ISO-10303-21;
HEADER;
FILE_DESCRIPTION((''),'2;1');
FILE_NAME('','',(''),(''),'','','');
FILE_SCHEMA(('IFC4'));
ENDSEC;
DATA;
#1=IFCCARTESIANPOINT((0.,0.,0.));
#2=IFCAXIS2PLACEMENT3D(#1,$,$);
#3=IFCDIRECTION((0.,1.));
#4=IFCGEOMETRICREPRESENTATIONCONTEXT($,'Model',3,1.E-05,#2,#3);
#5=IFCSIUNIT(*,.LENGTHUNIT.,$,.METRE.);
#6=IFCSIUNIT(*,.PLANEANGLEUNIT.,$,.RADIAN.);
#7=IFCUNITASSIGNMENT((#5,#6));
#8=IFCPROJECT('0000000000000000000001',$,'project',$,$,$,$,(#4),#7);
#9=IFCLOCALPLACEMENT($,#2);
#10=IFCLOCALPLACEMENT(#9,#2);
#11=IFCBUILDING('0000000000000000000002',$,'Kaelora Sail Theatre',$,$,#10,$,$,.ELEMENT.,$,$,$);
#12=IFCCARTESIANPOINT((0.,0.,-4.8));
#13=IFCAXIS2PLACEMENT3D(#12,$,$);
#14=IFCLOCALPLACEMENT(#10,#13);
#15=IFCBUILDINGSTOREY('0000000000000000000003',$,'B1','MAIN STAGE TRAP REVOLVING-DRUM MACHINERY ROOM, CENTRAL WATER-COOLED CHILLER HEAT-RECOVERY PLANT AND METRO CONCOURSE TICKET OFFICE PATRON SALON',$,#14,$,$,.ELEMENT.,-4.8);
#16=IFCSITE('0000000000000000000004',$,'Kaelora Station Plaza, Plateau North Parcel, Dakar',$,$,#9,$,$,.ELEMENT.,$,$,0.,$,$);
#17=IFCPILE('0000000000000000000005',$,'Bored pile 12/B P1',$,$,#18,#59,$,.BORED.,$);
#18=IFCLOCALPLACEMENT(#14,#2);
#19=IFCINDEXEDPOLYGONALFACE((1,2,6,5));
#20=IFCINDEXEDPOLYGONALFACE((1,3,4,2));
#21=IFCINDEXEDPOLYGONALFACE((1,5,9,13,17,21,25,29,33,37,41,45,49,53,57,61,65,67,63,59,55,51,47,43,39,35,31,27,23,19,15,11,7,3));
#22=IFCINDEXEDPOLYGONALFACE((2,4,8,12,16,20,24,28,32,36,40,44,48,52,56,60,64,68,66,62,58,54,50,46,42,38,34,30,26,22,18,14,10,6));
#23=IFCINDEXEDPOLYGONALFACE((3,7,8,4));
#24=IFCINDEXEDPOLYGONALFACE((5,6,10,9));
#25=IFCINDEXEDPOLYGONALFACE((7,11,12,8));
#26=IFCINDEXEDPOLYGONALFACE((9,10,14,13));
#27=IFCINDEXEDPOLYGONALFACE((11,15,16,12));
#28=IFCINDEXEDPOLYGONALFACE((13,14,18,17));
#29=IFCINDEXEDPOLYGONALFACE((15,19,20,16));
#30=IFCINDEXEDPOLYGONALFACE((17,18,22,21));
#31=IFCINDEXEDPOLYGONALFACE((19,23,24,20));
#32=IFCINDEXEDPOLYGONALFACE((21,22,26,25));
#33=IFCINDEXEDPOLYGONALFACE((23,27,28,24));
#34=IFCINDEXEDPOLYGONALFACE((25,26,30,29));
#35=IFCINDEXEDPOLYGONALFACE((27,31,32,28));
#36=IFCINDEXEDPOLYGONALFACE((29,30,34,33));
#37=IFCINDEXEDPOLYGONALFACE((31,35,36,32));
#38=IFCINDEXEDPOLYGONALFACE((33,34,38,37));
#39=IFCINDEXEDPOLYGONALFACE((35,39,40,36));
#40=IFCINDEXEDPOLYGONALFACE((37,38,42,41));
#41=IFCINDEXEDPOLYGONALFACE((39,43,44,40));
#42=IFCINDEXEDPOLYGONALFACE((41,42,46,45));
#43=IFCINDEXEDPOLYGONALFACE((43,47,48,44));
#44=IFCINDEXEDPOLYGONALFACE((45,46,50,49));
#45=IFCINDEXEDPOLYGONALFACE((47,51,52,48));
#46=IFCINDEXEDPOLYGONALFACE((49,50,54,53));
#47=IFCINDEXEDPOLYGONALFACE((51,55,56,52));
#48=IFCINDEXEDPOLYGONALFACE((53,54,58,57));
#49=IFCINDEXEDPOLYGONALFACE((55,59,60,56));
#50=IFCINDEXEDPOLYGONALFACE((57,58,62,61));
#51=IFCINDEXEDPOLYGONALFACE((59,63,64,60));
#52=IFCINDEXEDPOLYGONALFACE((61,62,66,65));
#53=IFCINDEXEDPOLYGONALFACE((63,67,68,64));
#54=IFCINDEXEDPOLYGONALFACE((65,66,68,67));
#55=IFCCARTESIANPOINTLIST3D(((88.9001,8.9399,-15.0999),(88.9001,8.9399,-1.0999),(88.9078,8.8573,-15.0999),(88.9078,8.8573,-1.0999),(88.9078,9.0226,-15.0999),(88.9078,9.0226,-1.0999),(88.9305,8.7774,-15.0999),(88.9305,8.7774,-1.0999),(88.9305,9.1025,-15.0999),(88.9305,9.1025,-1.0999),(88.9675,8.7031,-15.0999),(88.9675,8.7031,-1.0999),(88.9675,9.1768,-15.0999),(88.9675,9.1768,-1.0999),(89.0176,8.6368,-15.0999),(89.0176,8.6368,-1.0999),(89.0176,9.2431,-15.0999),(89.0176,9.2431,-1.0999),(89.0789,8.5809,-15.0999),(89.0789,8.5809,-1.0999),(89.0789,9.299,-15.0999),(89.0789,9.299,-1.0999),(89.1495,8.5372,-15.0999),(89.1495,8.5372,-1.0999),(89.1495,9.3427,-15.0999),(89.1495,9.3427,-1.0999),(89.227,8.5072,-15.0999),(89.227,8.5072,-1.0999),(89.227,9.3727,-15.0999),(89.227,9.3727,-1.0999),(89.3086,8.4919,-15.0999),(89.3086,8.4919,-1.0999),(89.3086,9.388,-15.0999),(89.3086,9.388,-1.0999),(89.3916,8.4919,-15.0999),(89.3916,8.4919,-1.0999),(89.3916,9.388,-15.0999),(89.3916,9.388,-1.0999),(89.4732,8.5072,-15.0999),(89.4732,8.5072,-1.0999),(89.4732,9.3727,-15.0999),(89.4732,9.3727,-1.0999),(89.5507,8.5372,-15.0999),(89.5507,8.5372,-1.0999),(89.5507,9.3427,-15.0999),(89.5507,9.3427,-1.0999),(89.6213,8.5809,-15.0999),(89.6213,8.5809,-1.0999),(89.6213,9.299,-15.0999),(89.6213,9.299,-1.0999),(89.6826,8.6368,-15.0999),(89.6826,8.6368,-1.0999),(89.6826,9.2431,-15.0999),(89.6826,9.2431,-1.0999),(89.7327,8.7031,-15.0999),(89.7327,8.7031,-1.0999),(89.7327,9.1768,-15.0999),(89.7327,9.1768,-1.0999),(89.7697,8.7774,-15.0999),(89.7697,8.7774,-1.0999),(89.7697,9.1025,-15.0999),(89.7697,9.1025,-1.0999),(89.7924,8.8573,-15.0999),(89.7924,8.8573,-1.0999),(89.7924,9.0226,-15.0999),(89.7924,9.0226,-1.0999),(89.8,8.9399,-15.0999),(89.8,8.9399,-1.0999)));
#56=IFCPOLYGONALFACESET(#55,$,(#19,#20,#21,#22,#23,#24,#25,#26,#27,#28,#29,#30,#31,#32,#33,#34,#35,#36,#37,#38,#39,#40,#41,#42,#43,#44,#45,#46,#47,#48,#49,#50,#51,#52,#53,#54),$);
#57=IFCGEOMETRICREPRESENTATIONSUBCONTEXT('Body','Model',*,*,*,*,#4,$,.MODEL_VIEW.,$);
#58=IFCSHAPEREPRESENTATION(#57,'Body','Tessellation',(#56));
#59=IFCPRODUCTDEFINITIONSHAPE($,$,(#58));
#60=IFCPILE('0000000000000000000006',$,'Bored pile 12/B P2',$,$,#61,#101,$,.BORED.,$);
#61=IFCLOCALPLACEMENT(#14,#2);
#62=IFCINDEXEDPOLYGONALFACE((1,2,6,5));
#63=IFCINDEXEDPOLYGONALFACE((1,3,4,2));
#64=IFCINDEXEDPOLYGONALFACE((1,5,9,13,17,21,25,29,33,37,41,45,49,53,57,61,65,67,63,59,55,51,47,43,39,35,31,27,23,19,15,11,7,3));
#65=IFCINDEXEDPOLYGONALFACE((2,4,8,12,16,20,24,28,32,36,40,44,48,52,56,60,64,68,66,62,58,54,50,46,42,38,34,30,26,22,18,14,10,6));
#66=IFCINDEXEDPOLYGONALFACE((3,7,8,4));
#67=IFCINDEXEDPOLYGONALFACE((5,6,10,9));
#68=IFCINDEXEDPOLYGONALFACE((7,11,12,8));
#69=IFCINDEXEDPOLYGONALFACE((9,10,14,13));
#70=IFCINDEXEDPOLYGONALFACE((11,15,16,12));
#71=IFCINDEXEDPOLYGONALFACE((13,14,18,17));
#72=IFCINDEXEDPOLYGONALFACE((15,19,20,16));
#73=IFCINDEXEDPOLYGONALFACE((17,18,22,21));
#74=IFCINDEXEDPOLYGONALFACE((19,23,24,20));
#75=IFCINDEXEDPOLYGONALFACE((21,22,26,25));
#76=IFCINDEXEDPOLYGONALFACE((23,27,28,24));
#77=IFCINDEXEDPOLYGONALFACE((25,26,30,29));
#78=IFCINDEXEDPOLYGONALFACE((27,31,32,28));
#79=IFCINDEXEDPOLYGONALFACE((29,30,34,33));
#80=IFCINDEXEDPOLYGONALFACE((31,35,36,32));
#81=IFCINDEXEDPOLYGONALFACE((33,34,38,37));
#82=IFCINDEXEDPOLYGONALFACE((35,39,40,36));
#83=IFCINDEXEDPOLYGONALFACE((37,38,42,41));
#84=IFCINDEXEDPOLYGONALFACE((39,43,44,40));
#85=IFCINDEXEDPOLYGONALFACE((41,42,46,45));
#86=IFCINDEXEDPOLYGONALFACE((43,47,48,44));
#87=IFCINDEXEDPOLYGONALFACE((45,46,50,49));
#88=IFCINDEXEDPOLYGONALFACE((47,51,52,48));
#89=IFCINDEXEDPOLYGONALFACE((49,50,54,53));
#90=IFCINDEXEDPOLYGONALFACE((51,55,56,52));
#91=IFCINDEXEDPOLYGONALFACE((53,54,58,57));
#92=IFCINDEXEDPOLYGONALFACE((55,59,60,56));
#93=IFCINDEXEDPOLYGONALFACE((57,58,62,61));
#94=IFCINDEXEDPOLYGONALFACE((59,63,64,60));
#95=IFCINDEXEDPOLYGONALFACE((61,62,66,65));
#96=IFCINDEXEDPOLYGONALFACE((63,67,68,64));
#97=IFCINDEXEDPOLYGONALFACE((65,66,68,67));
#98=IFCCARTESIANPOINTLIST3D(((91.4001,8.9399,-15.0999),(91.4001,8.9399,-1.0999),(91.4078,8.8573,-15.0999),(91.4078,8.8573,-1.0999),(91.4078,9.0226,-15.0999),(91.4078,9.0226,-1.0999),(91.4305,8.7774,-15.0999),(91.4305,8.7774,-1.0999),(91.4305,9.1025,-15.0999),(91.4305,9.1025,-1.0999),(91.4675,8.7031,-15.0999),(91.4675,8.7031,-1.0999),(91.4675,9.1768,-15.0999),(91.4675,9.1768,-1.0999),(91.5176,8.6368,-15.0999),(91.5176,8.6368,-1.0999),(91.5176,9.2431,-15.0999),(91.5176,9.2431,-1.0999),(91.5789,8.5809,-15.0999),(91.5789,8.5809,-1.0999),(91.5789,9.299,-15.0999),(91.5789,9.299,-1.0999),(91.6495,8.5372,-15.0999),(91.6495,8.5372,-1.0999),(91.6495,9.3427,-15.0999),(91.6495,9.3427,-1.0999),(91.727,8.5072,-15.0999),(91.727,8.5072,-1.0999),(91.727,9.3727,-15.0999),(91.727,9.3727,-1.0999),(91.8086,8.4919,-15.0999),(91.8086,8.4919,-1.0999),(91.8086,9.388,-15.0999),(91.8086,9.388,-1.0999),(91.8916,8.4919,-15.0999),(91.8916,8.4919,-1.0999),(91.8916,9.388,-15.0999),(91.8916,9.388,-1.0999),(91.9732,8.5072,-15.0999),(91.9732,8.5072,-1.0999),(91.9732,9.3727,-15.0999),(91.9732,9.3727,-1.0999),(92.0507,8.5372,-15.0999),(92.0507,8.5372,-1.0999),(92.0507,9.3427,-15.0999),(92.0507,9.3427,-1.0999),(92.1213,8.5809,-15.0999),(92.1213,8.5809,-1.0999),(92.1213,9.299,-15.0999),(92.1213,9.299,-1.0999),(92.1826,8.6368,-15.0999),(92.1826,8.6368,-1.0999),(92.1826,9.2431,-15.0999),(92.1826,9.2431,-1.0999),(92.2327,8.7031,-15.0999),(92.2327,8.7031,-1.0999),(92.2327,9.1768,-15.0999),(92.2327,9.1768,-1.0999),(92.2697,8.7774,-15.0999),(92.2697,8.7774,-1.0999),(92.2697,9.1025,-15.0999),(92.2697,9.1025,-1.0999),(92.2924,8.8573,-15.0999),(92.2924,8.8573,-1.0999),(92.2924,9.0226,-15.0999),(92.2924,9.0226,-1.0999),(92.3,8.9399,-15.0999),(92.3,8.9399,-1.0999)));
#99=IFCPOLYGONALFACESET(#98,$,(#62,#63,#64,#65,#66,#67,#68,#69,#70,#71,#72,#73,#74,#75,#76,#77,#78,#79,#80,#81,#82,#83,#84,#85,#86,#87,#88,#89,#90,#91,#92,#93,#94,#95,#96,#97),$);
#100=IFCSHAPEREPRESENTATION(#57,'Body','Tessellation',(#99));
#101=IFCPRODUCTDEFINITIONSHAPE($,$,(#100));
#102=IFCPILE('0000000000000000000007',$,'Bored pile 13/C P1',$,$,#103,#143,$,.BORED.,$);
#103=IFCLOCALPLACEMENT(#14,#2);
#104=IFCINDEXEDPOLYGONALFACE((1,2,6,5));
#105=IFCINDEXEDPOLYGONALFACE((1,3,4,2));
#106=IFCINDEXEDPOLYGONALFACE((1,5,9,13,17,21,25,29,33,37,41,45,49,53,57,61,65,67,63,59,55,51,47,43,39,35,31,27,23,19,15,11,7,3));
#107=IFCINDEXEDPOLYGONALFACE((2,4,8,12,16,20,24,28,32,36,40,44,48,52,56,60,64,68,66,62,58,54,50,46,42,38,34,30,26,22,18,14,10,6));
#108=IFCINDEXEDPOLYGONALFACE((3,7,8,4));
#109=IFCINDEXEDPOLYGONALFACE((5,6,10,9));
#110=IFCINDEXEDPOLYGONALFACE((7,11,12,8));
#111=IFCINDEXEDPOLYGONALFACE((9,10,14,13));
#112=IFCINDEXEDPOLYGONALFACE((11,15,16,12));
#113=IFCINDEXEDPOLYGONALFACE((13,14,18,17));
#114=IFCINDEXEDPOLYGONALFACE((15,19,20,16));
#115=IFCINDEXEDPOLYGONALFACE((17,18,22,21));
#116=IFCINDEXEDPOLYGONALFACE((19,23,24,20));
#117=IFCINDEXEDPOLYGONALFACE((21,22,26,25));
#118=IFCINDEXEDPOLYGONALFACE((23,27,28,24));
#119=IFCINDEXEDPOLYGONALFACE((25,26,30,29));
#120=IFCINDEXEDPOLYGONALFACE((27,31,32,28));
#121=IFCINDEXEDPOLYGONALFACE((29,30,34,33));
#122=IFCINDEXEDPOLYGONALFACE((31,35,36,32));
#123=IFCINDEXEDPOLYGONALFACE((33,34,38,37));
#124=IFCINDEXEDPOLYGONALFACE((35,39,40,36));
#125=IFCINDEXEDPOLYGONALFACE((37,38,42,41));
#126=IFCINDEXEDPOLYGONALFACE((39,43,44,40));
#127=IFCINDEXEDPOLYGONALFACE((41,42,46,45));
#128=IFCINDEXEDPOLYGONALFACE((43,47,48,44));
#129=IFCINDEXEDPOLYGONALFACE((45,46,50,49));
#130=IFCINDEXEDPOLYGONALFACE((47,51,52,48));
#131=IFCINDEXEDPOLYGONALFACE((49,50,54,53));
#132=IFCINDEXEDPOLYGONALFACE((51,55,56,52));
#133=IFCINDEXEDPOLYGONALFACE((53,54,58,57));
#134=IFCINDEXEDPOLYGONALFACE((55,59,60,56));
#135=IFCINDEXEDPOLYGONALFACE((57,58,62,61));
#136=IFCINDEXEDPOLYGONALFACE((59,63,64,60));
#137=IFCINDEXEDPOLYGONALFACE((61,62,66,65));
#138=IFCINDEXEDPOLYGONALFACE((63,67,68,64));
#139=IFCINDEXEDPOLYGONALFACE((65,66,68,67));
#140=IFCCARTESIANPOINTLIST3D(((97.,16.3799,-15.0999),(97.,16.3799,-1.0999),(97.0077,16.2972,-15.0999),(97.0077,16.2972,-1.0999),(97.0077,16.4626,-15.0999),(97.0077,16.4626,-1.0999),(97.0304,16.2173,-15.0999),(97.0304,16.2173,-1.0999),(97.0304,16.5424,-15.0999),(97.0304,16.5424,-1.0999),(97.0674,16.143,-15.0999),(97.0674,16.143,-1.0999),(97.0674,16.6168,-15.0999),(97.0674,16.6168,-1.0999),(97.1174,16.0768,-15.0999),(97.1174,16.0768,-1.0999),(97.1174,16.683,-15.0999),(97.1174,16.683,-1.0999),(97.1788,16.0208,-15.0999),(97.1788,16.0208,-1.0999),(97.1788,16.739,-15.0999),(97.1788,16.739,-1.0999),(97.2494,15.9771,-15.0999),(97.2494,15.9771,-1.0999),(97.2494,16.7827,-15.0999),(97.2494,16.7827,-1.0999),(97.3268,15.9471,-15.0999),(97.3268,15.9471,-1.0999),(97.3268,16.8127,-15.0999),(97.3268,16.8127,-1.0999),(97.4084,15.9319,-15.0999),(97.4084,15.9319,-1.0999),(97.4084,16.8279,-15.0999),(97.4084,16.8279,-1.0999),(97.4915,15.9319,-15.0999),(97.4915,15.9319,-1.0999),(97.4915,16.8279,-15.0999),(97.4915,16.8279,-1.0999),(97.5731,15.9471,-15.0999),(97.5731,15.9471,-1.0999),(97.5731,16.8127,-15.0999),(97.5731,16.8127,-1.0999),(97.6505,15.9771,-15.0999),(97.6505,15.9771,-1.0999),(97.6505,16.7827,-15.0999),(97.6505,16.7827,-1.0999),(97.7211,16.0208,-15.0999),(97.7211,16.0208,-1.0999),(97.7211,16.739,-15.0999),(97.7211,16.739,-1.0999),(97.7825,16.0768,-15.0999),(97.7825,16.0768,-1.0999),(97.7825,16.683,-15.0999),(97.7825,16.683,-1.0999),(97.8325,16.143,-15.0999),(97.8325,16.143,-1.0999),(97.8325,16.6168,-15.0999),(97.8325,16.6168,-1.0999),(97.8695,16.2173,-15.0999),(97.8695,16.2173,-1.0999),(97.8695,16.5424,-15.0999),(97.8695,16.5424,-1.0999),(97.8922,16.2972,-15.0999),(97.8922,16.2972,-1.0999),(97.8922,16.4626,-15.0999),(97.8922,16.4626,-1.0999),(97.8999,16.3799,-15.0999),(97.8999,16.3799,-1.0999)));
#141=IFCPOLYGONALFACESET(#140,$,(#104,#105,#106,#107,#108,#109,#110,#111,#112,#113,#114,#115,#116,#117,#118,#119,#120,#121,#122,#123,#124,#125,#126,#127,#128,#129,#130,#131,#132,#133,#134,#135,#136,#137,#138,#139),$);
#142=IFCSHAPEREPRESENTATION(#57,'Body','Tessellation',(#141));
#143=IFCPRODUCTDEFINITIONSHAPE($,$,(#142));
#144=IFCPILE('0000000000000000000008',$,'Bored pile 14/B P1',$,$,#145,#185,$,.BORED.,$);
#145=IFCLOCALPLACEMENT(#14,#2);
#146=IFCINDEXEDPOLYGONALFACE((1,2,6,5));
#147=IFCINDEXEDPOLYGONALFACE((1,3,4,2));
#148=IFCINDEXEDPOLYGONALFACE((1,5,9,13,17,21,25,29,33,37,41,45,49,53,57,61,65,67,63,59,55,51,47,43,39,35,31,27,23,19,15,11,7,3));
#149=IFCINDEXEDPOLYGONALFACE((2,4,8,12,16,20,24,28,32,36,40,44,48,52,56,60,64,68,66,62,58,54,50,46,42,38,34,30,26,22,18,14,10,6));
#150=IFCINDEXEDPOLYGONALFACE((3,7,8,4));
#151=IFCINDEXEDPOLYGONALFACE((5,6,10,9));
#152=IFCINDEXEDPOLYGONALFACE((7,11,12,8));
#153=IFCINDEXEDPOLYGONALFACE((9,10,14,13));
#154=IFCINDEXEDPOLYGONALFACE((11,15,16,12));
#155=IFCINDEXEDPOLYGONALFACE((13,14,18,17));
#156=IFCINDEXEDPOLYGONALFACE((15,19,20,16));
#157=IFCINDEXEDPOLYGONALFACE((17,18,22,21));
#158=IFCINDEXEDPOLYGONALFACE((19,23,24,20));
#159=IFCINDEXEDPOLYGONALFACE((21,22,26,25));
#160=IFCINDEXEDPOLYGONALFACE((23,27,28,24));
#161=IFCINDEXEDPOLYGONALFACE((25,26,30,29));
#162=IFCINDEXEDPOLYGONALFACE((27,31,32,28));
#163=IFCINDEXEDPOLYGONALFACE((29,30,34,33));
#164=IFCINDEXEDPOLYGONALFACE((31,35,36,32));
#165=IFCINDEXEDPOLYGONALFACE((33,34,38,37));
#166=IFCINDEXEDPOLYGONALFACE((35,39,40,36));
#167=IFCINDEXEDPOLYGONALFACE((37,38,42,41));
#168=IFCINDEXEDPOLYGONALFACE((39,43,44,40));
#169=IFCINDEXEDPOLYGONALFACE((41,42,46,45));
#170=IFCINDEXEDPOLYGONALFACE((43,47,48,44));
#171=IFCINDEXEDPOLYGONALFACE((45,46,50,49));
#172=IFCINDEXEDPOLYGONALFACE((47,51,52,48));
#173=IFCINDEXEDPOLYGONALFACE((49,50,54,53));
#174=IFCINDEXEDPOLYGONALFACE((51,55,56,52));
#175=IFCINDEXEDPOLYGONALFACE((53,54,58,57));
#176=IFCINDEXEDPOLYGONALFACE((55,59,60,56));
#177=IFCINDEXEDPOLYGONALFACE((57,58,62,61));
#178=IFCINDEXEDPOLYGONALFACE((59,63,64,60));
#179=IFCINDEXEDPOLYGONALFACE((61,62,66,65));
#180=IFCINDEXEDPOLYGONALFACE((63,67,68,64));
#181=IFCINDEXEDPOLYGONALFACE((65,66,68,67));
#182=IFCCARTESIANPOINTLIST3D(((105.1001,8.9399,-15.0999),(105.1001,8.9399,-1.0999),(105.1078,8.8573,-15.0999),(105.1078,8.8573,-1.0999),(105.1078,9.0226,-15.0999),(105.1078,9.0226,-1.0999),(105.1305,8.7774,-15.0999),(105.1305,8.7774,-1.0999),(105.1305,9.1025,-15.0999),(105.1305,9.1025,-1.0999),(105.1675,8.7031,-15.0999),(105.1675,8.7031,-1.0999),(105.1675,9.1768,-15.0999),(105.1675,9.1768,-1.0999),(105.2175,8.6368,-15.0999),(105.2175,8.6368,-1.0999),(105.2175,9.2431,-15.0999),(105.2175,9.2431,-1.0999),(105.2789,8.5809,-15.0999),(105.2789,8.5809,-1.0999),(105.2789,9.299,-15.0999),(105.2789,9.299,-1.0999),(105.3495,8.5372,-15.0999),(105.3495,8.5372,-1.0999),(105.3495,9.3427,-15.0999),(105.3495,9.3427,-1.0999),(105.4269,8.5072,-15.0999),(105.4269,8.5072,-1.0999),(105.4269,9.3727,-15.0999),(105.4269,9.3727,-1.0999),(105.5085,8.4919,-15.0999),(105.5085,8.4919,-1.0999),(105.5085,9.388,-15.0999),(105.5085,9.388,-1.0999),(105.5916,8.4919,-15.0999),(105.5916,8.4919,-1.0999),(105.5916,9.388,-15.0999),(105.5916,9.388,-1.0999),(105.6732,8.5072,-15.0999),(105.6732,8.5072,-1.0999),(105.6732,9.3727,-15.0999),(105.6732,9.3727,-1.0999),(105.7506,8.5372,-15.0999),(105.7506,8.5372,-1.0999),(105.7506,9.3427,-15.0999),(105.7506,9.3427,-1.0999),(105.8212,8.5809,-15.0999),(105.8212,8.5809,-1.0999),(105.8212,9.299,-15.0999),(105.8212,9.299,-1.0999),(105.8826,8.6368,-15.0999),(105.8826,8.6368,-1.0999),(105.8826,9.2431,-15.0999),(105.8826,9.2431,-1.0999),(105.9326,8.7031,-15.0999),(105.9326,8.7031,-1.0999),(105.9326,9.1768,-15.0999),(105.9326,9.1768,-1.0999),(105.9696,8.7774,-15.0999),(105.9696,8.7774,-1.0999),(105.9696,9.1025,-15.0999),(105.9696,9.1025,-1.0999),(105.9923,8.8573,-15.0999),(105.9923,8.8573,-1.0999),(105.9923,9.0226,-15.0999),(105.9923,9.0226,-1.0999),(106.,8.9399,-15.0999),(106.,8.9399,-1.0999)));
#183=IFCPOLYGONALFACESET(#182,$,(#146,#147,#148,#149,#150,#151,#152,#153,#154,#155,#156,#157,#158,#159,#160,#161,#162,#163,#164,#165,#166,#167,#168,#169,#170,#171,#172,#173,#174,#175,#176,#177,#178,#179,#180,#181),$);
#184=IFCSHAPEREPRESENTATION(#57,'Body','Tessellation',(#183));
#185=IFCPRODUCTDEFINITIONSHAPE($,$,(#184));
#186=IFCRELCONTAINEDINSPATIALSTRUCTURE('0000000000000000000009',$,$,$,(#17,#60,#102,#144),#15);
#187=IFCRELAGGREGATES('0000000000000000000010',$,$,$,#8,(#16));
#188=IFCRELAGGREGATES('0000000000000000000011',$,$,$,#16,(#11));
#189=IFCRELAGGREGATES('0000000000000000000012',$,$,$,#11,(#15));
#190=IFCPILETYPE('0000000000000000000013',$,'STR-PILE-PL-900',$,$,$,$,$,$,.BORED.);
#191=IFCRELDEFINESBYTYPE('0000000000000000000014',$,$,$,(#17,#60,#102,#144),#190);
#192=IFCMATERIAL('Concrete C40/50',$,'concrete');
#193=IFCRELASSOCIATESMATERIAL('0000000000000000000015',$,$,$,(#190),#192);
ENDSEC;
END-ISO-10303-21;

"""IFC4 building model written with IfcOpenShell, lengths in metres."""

from ifc_helpers import new_model, si_unit, direction, frame, origin, origin_2d, place, context, subcontext, project, spatial, circle, extrude, material, material_profile, profile_set, type_object, element, save


model = new_model("IFC4")

# Units and contexts
model_context = context("Model", 3, precision=1e-05, world=origin(), true_north=direction((0.0, 1.0)))
body_context = subcontext(model_context, "Body", "Model", "MODEL_VIEW")
ifc_project = project(units=[si_unit("LENGTHUNIT", "METRE"), si_unit("PLANEANGLEUNIT", "RADIAN")], contexts=[model_context])

# Site, building, storey
site_placement = place(None, origin())
site = spatial("IfcSite", under=ifc_project, at=site_placement, Name="Kaelora Station Plaza, Plateau North Parcel, Dakar", CompositionType="ELEMENT", RefElevation=0.0)
building_placement = place(site_placement, origin())
building = spatial("IfcBuilding", under=site, at=building_placement, Name="Kaelora Sail Theatre", CompositionType="ELEMENT")
storey_placement = place(building_placement, frame((0.0, 0.0, -4.8)))
storey = spatial("IfcBuildingStorey", under=building, at=storey_placement, Name="B1", Description="MAIN STAGE TRAP REVOLVING-DRUM MACHINERY ROOM, CENTRAL WATER-COOLED CHILLER HEAT-RECOVERY PLANT AND METRO CONCOURSE TICKET OFFICE PATRON SALON", CompositionType="ELEMENT", Elevation=-4.8)

# Piles
ifc_material_1 = material(Name="Concrete C40/50", Category="concrete")
ifc_material_profile_1 = material_profile(ifc_material_1, circle(Radius=0.45, at=origin_2d()), Name="PILE D900")
ifc_profile_set_1 = profile_set([ifc_material_profile_1], Name="Concrete C40/50")
pile_type = type_object("IfcPileType", Name="STR-PILE-PL-900", PredefinedType="BORED", material=ifc_profile_set_1)
for number, where, z_axis, x_axis, name in (
    (1, (89.3501, 8.9399, -1.0999), (0.0, 0.0, -1.0), (1.0, 0.0, 0.0), "Bored pile 12/B P1"),
    (2, (91.8501, 8.9399, -1.0999), (0.0, 0.0, -1.0), (1.0, 0.0, 0.0), "Bored pile 12/B P2"),
    (3, (97.45, 16.3799, -1.0999), (0.0, 0.0, -1.0), (1.0, 0.0, 0.0), "Bored pile 13/C P1"),
    (4, (105.55, 8.9399, -1.0999), (0.0, 0.0, -1.0), (1.0, 0.0, 0.0), "Bored pile 14/B P1"),
):
    element("IfcPile", number, at=place(storey_placement, frame(where, z_axis=z_axis, x_axis=x_axis)), inside=storey, type_object=pile_type, Name=name, PredefinedType="BORED", context=body_context, shape_type="SweptSolid", body=[
        extrude(circle(Radius=0.45, at=origin_2d()), origin(), (0.0, 0.0, 1.0), 14.0),
    ])

save(model, "model.ifc")
